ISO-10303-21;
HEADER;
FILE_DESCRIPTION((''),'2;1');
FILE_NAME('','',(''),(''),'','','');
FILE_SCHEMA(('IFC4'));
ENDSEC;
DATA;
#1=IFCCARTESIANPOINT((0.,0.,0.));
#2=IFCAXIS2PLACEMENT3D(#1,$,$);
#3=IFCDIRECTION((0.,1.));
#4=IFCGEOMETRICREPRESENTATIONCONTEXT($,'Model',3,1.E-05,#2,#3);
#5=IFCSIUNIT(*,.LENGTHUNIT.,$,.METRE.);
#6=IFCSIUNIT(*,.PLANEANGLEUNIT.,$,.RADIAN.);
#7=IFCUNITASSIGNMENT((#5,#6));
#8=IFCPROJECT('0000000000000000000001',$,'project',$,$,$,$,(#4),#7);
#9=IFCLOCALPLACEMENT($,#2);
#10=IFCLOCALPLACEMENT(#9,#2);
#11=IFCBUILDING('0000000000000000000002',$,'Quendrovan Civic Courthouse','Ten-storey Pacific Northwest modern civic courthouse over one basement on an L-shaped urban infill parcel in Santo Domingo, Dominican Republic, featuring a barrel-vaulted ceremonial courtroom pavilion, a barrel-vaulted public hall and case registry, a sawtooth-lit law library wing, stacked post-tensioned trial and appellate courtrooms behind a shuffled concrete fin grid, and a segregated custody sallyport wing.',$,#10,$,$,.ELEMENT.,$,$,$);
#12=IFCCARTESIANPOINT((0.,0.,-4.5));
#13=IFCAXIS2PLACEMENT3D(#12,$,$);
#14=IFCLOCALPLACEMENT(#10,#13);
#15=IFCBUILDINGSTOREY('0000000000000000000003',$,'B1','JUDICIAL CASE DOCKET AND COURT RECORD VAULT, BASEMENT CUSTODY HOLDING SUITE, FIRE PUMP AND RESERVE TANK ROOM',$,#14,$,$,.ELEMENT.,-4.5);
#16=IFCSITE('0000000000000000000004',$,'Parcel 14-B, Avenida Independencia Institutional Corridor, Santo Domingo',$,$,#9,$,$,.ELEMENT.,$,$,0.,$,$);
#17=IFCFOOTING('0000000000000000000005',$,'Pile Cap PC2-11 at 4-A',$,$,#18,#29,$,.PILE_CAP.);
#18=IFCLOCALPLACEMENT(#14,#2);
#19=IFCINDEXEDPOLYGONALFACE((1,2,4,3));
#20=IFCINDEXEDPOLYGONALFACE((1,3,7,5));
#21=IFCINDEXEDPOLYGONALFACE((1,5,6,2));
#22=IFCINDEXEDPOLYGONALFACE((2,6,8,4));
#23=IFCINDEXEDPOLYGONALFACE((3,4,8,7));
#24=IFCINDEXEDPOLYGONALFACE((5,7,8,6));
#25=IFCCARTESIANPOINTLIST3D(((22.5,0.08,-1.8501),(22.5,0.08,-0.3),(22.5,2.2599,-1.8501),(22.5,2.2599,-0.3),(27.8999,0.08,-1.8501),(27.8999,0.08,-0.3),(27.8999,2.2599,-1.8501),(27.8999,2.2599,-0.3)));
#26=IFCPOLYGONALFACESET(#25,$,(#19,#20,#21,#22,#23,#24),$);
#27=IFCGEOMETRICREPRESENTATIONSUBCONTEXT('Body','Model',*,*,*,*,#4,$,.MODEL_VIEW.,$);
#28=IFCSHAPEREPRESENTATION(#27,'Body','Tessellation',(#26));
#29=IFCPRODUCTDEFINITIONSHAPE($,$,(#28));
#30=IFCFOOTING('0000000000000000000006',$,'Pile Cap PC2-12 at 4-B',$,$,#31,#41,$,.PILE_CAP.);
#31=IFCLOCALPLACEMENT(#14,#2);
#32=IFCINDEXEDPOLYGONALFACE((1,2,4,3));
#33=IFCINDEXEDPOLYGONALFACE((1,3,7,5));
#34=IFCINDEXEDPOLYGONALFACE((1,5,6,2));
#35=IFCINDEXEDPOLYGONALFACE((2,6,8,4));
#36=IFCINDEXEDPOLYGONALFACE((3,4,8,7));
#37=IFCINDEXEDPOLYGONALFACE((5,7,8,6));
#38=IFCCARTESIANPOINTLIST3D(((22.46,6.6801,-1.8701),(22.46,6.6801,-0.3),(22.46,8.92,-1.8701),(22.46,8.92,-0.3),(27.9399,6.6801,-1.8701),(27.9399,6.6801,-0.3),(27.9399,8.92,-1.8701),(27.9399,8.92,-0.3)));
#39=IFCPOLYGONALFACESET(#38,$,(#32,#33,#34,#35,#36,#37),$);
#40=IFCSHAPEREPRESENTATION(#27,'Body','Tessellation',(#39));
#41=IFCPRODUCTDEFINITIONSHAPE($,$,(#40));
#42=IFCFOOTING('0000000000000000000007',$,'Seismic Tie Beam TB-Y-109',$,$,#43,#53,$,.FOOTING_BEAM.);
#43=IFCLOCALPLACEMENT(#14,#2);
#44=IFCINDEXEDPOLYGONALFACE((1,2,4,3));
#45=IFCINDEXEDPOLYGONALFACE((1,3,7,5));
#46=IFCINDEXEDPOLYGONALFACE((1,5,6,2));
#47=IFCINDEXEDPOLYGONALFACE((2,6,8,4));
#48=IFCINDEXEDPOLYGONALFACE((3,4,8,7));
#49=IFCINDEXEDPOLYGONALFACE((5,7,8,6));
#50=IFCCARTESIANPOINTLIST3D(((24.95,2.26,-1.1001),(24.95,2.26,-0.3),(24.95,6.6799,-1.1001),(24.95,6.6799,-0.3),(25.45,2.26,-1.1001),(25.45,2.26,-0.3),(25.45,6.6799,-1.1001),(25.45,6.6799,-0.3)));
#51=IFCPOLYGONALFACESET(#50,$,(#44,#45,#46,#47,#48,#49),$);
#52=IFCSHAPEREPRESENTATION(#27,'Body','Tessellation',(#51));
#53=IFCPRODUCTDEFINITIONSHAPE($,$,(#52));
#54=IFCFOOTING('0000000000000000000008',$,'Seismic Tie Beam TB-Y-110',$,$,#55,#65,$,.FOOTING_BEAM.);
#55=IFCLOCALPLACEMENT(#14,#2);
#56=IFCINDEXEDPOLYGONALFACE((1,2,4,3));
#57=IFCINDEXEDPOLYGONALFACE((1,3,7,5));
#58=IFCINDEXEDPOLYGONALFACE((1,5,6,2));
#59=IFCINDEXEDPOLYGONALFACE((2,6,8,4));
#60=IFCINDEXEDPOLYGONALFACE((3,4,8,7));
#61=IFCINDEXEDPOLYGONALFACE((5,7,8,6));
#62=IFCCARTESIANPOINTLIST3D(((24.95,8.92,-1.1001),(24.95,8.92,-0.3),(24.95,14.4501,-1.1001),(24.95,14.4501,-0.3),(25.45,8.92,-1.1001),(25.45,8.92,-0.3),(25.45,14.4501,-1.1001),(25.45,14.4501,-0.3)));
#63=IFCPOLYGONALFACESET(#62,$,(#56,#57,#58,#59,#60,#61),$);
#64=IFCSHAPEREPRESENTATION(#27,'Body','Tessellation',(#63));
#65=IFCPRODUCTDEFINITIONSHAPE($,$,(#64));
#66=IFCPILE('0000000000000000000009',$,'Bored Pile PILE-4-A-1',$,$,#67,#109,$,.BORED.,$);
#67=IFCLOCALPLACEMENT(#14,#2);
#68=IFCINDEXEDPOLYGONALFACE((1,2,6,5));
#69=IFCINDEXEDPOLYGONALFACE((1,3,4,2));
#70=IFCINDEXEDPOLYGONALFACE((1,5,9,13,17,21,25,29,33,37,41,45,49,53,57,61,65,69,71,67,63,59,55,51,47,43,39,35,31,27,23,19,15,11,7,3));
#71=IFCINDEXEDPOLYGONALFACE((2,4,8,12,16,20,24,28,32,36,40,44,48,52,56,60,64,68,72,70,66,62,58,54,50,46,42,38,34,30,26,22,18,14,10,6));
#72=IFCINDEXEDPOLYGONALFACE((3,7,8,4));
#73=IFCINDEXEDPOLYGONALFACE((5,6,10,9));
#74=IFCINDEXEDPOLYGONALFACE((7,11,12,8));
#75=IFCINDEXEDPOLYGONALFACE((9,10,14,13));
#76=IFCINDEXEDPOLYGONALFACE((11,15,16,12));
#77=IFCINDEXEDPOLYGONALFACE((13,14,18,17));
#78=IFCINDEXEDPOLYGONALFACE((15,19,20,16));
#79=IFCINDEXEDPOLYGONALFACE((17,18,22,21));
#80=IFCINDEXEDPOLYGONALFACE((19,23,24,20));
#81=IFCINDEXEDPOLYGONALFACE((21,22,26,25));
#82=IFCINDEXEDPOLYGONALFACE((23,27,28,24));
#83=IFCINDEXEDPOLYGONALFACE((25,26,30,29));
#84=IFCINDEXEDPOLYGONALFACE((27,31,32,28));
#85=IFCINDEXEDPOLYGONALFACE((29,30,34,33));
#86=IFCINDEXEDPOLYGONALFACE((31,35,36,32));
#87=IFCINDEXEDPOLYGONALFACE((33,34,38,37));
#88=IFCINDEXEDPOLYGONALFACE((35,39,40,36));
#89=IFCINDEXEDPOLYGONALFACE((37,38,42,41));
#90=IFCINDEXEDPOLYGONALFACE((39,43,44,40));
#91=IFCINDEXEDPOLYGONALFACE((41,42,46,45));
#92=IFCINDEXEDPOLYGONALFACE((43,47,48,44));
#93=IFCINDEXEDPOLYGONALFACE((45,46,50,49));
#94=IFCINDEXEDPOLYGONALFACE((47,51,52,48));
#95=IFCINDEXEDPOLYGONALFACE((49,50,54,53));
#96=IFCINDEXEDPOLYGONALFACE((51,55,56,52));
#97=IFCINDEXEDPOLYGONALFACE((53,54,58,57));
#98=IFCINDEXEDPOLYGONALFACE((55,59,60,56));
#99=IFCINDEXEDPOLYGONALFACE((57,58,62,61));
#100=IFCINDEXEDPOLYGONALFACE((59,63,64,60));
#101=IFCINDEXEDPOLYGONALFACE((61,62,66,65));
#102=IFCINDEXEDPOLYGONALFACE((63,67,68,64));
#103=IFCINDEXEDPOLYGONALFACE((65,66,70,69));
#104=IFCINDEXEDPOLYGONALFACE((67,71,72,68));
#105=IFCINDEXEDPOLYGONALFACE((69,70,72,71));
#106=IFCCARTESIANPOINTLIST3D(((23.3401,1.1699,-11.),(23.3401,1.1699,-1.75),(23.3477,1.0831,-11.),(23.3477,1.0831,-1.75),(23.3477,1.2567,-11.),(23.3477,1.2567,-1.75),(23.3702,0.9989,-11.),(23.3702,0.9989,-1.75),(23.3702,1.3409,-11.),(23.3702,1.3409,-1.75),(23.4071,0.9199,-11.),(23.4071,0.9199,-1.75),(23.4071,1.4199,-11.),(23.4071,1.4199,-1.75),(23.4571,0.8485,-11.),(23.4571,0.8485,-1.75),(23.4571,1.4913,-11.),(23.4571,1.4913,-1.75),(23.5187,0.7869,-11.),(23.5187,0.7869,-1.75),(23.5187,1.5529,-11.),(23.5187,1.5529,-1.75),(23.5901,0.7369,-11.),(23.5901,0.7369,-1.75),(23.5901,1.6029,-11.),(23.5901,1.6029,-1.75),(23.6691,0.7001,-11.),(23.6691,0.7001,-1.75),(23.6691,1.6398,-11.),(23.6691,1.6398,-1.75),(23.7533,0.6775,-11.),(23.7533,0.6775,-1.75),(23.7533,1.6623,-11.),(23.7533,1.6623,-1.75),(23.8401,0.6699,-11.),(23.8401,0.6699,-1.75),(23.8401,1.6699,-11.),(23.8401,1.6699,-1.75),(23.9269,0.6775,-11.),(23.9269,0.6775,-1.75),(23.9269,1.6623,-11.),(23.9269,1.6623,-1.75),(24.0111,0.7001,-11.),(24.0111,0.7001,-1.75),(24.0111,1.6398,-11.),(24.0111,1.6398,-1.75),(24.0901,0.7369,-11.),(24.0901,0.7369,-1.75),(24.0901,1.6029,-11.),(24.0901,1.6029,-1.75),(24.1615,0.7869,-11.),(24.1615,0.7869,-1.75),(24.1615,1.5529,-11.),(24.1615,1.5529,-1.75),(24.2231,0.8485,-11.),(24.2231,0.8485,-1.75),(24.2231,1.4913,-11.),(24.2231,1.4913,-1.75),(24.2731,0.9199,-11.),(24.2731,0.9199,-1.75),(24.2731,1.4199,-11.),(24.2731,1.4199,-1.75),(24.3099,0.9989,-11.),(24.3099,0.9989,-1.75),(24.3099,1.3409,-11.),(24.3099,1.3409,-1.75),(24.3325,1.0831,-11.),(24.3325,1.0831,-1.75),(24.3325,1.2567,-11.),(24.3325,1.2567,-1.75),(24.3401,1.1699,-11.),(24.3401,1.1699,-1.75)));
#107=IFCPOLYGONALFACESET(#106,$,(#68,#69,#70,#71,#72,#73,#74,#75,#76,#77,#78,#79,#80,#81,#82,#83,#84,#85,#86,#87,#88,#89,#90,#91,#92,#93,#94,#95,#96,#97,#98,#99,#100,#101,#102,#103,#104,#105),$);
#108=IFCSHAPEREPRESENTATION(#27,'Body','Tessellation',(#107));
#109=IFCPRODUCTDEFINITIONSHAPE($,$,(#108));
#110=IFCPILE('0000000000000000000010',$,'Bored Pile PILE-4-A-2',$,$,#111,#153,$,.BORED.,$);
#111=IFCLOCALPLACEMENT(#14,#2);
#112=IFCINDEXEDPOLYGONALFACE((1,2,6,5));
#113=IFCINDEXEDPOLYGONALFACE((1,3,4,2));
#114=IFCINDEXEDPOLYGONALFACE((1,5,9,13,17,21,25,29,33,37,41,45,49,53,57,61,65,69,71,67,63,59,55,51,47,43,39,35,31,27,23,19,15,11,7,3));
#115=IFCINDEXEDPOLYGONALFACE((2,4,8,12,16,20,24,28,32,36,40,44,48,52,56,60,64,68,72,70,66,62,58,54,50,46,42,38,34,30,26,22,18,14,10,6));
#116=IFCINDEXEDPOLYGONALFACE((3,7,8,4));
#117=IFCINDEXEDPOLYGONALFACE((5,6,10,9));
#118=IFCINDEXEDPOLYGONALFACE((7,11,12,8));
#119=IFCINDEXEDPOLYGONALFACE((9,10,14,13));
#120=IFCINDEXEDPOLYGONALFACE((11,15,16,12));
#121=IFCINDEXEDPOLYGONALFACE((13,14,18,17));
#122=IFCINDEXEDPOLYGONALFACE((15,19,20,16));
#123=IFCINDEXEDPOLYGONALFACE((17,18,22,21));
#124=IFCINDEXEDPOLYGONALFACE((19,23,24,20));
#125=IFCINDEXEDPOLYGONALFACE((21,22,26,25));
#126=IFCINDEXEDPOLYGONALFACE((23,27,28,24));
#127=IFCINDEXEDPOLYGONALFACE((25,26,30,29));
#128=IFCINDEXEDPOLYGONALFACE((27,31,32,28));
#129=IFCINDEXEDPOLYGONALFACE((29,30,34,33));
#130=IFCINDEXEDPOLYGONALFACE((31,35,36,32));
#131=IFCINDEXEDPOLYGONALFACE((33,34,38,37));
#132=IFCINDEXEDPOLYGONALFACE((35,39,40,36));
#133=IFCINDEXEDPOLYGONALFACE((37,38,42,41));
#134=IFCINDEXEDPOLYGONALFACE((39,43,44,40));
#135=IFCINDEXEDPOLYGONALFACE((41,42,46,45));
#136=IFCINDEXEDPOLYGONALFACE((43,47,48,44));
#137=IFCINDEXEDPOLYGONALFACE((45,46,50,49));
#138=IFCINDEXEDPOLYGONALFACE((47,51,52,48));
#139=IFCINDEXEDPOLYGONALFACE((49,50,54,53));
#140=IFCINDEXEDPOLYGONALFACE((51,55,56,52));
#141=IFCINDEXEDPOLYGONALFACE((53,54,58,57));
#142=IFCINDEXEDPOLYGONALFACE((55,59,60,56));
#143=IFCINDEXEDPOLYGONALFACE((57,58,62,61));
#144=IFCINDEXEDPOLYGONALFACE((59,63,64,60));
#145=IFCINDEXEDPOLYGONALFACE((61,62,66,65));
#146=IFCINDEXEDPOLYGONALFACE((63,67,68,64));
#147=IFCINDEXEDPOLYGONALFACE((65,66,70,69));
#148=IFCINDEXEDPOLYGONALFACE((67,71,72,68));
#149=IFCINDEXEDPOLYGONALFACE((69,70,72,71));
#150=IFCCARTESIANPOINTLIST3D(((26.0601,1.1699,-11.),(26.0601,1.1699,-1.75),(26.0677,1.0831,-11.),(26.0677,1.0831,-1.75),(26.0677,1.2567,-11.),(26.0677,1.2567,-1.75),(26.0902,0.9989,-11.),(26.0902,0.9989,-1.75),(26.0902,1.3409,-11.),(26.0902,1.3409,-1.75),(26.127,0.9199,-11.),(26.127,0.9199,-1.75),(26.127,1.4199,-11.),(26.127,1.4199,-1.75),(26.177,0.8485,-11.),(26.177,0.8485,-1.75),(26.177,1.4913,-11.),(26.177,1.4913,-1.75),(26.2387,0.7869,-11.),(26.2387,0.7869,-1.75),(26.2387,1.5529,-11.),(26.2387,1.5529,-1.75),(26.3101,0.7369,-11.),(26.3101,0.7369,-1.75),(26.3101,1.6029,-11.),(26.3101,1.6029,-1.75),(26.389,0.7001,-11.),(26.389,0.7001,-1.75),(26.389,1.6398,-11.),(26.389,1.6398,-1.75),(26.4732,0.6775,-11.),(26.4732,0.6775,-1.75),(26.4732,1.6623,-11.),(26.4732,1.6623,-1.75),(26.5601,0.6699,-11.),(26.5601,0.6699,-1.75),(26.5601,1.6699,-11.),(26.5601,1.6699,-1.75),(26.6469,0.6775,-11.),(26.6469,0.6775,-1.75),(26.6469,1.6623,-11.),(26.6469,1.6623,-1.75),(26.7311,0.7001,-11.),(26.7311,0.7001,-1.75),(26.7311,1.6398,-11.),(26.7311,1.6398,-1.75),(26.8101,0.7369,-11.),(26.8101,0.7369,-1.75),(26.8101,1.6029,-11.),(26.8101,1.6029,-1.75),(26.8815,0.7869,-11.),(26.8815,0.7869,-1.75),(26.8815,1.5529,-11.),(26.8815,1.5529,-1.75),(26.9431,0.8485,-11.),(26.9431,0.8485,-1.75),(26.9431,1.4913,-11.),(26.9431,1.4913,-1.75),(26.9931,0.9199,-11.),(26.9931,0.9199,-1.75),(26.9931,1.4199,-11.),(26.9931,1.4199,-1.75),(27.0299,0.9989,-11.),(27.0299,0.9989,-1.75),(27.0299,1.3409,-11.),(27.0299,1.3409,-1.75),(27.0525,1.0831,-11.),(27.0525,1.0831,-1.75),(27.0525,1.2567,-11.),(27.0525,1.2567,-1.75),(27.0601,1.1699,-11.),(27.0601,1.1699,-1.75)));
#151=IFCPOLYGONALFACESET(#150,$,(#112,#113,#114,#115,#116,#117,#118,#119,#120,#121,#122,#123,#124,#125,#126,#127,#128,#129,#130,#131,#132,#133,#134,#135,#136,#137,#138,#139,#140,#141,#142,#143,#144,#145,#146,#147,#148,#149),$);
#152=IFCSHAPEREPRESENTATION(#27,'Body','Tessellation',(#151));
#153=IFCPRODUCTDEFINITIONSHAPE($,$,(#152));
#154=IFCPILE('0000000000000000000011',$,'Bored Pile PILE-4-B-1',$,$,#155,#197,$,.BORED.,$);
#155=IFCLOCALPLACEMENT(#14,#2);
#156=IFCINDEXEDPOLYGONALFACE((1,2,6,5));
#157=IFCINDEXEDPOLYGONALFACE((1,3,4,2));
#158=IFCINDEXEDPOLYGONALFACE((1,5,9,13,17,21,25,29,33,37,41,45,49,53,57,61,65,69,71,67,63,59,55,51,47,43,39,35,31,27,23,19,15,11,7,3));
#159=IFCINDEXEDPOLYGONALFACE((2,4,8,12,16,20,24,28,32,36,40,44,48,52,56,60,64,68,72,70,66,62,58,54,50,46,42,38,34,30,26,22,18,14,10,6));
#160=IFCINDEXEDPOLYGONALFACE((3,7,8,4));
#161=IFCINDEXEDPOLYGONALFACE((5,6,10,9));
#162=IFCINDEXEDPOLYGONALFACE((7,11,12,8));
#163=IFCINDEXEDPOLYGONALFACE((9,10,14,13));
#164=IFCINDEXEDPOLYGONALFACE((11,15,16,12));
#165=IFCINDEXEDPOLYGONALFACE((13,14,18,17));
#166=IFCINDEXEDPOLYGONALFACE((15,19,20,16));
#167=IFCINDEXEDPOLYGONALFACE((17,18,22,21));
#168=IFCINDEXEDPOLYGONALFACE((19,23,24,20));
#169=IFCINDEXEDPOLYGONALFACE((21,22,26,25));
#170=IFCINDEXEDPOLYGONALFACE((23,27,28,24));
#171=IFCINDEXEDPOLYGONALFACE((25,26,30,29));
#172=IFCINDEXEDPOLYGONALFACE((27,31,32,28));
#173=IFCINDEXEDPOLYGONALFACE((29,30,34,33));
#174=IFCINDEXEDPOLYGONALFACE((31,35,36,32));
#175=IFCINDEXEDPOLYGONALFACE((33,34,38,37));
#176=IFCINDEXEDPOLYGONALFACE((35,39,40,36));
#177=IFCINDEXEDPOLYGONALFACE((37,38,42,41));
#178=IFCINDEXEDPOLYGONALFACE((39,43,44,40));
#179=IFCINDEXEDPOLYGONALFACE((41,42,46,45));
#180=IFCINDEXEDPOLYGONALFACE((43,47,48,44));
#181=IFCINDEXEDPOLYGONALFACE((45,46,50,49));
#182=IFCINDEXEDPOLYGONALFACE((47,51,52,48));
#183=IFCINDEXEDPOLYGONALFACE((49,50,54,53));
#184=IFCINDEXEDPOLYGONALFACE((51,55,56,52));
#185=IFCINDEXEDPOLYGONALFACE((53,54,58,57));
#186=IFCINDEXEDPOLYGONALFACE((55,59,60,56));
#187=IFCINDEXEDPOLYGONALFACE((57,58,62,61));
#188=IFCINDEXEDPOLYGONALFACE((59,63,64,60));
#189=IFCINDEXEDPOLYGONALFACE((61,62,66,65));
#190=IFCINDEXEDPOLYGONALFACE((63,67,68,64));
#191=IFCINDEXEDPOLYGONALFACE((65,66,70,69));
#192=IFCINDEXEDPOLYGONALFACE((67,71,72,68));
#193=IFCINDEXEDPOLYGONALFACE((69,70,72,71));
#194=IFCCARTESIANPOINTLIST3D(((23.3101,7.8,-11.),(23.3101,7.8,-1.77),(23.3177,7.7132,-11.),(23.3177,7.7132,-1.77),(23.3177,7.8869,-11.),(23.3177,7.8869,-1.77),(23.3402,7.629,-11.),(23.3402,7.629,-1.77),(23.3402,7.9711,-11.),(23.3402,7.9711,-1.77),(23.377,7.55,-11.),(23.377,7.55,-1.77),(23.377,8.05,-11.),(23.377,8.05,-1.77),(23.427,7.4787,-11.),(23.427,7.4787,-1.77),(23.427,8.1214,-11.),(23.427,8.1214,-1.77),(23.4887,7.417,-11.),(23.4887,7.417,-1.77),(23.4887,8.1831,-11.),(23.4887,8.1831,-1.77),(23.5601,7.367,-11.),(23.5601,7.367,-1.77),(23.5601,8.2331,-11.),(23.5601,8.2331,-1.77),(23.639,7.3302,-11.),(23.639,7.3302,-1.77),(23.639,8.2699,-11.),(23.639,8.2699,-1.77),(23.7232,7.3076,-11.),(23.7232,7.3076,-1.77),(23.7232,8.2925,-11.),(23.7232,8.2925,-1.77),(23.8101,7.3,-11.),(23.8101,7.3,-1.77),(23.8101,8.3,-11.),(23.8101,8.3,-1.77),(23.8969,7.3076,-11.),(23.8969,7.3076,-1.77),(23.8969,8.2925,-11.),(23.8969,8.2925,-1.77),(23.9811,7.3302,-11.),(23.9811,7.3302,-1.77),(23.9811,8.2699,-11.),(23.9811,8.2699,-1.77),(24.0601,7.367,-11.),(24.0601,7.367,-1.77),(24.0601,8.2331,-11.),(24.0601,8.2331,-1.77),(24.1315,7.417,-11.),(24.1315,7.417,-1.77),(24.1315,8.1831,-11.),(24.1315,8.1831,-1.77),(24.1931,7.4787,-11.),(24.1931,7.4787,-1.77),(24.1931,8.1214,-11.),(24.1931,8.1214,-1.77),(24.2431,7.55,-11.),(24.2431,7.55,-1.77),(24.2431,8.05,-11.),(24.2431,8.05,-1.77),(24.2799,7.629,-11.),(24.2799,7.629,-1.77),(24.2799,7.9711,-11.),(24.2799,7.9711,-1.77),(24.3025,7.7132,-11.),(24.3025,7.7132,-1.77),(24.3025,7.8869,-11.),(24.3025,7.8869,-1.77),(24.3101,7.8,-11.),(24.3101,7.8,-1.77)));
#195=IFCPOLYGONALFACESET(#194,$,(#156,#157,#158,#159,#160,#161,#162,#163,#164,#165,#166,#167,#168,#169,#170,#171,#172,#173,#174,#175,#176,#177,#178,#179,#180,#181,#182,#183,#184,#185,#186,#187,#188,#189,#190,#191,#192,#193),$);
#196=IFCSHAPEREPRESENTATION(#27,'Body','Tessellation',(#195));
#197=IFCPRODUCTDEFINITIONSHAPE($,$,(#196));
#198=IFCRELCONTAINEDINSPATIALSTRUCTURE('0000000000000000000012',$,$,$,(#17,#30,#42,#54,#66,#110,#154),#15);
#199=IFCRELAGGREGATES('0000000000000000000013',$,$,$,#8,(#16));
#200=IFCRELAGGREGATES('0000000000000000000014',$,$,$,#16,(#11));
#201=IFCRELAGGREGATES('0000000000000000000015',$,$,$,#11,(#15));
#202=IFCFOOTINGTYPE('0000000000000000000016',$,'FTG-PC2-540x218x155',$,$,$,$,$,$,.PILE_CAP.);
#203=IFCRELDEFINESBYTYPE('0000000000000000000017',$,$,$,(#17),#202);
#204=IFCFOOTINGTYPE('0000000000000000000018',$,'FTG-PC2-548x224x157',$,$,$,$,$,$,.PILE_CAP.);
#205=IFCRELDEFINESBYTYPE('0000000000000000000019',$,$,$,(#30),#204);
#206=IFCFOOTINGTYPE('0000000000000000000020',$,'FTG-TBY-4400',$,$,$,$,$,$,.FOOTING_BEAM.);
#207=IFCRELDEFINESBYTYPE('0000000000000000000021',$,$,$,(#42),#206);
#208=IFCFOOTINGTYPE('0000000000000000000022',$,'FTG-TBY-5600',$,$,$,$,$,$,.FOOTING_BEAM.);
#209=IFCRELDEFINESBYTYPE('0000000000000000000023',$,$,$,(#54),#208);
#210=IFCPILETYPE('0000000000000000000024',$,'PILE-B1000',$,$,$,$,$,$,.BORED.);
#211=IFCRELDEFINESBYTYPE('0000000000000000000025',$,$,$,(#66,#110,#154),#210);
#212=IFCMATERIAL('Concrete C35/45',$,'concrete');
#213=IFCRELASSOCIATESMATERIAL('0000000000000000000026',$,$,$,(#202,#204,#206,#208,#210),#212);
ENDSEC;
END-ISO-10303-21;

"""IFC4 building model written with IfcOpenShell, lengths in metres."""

from ifc_helpers import new_model, si_unit, direction, frame, origin, origin_2d, place, context, subcontext, project, spatial, rectangle, circle, extrude, material, material_profile, profile_set, type_object, element, save


model = new_model("IFC4")

# Units and contexts
model_context = context("Model", 3, precision=1e-05, world=origin(), true_north=direction((0.0, 1.0)))
body_context = subcontext(model_context, "Body", "Model", "MODEL_VIEW")
ifc_project = project(units=[si_unit("LENGTHUNIT", "METRE"), si_unit("PLANEANGLEUNIT", "RADIAN")], contexts=[model_context])

# Site, building, storey
site_placement = place(None, origin())
site = spatial("IfcSite", under=ifc_project, at=site_placement, Name="Parcel 14-B, Avenida Independencia Institutional Corridor, Santo Domingo", CompositionType="ELEMENT", RefElevation=0.0)
building_placement = place(site_placement, origin())
building = spatial("IfcBuilding", under=site, at=building_placement, Name="Quendrovan Civic Courthouse", Description="Ten-storey Pacific Northwest modern civic courthouse over one basement on an L-shaped urban infill parcel in Santo Domingo, Dominican Republic, featuring a barrel-vaulted ceremonial courtroom pavilion, a barrel-vaulted public hall and case registry, a sawtooth-lit law library wing, stacked post-tensioned trial and appellate courtrooms behind a shuffled concrete fin grid, and a segregated custody sallyport wing.", CompositionType="ELEMENT")
storey_placement = place(building_placement, frame((0.0, 0.0, -4.5)))
storey = spatial("IfcBuildingStorey", under=building, at=storey_placement, Name="B1", Description="JUDICIAL CASE DOCKET AND COURT RECORD VAULT, BASEMENT CUSTODY HOLDING SUITE, FIRE PUMP AND RESERVE TANK ROOM", CompositionType="ELEMENT", Elevation=-4.5)

# Footings
ifc_material_1 = material(Name="Concrete C35/45", Category="concrete")
footing_type_1 = type_object("IfcFootingType", Name="FTG-PC2-540x218x155", PredefinedType="PILE_CAP", material=ifc_material_1)
footing_1_placement = place(storey_placement, frame((25.2, 1.1699, -1.8501), z_axis=(0.0, 0.0, 1.0), x_axis=(1.0, 0.0, 0.0)))
element("IfcFooting", 1, at=footing_1_placement, inside=storey, type_object=footing_type_1, Name="Pile Cap PC2-11 at 4-A", PredefinedType="PILE_CAP", context=body_context, shape_type="SweptSolid", body=[
    extrude(rectangle(XDim=5.3999, YDim=2.1799, at=origin_2d()), origin(), (0.0, 0.0, 1.0), 1.55),
])
footing_type_2 = type_object("IfcFootingType", Name="FTG-PC2-548x224x157", PredefinedType="PILE_CAP", material=ifc_material_1)
footing_2_placement = place(storey_placement, frame((25.2, 7.8, -1.8701), z_axis=(0.0, 0.0, 1.0), x_axis=(1.0, 0.0, 0.0)))
element("IfcFooting", 2, at=footing_2_placement, inside=storey, type_object=footing_type_2, Name="Pile Cap PC2-12 at 4-B", PredefinedType="PILE_CAP", context=body_context, shape_type="SweptSolid", body=[
    extrude(rectangle(XDim=5.48, YDim=2.24, at=origin_2d()), origin(), (0.0, 0.0, 1.0), 1.5701),
])
footing_type_3 = type_object("IfcFootingType", Name="FTG-TBY-4400", PredefinedType="FOOTING_BEAM", material=ifc_material_1)
footing_3_placement = place(storey_placement, frame((25.2, 4.47, -1.1001), z_axis=(0.0, 0.0, 1.0), x_axis=(1.0, 0.0, 0.0)))
element("IfcFooting", 3, at=footing_3_placement, inside=storey, type_object=footing_type_3, Name="Seismic Tie Beam TB-Y-109", PredefinedType="FOOTING_BEAM", context=body_context, shape_type="SweptSolid", body=[
    extrude(rectangle(XDim=0.5, YDim=4.4199, at=origin_2d()), origin(), (0.0, 0.0, 1.0), 0.8),
])
footing_type_4 = type_object("IfcFootingType", Name="FTG-TBY-5600", PredefinedType="FOOTING_BEAM", material=ifc_material_1)
footing_4_placement = place(storey_placement, frame((25.2, 11.6851, -1.1001), z_axis=(0.0, 0.0, 1.0), x_axis=(1.0, 0.0, 0.0)))
element("IfcFooting", 4, at=footing_4_placement, inside=storey, type_object=footing_type_4, Name="Seismic Tie Beam TB-Y-110", PredefinedType="FOOTING_BEAM", context=body_context, shape_type="SweptSolid", body=[
    extrude(rectangle(XDim=0.5, YDim=5.53, at=origin_2d()), origin(), (0.0, 0.0, 1.0), 0.8),
])

# Piles
ifc_material_profile_1 = material_profile(ifc_material_1, circle(Radius=0.5, at=origin_2d()), Name="PILE-D1000")
ifc_profile_set_1 = profile_set([ifc_material_profile_1], Name="Concrete C35/45")
pile_type = type_object("IfcPileType", Name="PILE-B1000", PredefinedType="BORED", material=ifc_profile_set_1)
for number, where, z_axis, x_axis, name in (
    (5, (23.8401, 1.1699, -1.75), (0.0, 0.0, -1.0), (1.0, 0.0, 0.0), "Bored Pile PILE-4-A-1"),
    (6, (26.5601, 1.1699, -1.75), (0.0, 0.0, -1.0), (1.0, 0.0, 0.0), "Bored Pile PILE-4-A-2"),
):
    element("IfcPile", number, at=place(storey_placement, frame(where, z_axis=z_axis, x_axis=x_axis)), inside=storey, type_object=pile_type, Name=name, PredefinedType="BORED", context=body_context, shape_type="SweptSolid", body=[
        extrude(circle(Radius=0.5, at=origin_2d()), origin(), (0.0, 0.0, 1.0), 9.25),
    ])
for number, where, z_axis, x_axis, name in (
    (7, (23.8101, 7.8, -1.77), (0.0, 0.0, -1.0), (1.0, 0.0, 0.0), "Bored Pile PILE-4-B-1"),
):
    element("IfcPile", number, at=place(storey_placement, frame(where, z_axis=z_axis, x_axis=x_axis)), inside=storey, type_object=pile_type, Name=name, PredefinedType="BORED", context=body_context, shape_type="SweptSolid", body=[
        extrude(circle(Radius=0.5, at=origin_2d()), origin(), (0.0, 0.0, 1.0), 9.23),
    ])

save(model, "model.ifc")
